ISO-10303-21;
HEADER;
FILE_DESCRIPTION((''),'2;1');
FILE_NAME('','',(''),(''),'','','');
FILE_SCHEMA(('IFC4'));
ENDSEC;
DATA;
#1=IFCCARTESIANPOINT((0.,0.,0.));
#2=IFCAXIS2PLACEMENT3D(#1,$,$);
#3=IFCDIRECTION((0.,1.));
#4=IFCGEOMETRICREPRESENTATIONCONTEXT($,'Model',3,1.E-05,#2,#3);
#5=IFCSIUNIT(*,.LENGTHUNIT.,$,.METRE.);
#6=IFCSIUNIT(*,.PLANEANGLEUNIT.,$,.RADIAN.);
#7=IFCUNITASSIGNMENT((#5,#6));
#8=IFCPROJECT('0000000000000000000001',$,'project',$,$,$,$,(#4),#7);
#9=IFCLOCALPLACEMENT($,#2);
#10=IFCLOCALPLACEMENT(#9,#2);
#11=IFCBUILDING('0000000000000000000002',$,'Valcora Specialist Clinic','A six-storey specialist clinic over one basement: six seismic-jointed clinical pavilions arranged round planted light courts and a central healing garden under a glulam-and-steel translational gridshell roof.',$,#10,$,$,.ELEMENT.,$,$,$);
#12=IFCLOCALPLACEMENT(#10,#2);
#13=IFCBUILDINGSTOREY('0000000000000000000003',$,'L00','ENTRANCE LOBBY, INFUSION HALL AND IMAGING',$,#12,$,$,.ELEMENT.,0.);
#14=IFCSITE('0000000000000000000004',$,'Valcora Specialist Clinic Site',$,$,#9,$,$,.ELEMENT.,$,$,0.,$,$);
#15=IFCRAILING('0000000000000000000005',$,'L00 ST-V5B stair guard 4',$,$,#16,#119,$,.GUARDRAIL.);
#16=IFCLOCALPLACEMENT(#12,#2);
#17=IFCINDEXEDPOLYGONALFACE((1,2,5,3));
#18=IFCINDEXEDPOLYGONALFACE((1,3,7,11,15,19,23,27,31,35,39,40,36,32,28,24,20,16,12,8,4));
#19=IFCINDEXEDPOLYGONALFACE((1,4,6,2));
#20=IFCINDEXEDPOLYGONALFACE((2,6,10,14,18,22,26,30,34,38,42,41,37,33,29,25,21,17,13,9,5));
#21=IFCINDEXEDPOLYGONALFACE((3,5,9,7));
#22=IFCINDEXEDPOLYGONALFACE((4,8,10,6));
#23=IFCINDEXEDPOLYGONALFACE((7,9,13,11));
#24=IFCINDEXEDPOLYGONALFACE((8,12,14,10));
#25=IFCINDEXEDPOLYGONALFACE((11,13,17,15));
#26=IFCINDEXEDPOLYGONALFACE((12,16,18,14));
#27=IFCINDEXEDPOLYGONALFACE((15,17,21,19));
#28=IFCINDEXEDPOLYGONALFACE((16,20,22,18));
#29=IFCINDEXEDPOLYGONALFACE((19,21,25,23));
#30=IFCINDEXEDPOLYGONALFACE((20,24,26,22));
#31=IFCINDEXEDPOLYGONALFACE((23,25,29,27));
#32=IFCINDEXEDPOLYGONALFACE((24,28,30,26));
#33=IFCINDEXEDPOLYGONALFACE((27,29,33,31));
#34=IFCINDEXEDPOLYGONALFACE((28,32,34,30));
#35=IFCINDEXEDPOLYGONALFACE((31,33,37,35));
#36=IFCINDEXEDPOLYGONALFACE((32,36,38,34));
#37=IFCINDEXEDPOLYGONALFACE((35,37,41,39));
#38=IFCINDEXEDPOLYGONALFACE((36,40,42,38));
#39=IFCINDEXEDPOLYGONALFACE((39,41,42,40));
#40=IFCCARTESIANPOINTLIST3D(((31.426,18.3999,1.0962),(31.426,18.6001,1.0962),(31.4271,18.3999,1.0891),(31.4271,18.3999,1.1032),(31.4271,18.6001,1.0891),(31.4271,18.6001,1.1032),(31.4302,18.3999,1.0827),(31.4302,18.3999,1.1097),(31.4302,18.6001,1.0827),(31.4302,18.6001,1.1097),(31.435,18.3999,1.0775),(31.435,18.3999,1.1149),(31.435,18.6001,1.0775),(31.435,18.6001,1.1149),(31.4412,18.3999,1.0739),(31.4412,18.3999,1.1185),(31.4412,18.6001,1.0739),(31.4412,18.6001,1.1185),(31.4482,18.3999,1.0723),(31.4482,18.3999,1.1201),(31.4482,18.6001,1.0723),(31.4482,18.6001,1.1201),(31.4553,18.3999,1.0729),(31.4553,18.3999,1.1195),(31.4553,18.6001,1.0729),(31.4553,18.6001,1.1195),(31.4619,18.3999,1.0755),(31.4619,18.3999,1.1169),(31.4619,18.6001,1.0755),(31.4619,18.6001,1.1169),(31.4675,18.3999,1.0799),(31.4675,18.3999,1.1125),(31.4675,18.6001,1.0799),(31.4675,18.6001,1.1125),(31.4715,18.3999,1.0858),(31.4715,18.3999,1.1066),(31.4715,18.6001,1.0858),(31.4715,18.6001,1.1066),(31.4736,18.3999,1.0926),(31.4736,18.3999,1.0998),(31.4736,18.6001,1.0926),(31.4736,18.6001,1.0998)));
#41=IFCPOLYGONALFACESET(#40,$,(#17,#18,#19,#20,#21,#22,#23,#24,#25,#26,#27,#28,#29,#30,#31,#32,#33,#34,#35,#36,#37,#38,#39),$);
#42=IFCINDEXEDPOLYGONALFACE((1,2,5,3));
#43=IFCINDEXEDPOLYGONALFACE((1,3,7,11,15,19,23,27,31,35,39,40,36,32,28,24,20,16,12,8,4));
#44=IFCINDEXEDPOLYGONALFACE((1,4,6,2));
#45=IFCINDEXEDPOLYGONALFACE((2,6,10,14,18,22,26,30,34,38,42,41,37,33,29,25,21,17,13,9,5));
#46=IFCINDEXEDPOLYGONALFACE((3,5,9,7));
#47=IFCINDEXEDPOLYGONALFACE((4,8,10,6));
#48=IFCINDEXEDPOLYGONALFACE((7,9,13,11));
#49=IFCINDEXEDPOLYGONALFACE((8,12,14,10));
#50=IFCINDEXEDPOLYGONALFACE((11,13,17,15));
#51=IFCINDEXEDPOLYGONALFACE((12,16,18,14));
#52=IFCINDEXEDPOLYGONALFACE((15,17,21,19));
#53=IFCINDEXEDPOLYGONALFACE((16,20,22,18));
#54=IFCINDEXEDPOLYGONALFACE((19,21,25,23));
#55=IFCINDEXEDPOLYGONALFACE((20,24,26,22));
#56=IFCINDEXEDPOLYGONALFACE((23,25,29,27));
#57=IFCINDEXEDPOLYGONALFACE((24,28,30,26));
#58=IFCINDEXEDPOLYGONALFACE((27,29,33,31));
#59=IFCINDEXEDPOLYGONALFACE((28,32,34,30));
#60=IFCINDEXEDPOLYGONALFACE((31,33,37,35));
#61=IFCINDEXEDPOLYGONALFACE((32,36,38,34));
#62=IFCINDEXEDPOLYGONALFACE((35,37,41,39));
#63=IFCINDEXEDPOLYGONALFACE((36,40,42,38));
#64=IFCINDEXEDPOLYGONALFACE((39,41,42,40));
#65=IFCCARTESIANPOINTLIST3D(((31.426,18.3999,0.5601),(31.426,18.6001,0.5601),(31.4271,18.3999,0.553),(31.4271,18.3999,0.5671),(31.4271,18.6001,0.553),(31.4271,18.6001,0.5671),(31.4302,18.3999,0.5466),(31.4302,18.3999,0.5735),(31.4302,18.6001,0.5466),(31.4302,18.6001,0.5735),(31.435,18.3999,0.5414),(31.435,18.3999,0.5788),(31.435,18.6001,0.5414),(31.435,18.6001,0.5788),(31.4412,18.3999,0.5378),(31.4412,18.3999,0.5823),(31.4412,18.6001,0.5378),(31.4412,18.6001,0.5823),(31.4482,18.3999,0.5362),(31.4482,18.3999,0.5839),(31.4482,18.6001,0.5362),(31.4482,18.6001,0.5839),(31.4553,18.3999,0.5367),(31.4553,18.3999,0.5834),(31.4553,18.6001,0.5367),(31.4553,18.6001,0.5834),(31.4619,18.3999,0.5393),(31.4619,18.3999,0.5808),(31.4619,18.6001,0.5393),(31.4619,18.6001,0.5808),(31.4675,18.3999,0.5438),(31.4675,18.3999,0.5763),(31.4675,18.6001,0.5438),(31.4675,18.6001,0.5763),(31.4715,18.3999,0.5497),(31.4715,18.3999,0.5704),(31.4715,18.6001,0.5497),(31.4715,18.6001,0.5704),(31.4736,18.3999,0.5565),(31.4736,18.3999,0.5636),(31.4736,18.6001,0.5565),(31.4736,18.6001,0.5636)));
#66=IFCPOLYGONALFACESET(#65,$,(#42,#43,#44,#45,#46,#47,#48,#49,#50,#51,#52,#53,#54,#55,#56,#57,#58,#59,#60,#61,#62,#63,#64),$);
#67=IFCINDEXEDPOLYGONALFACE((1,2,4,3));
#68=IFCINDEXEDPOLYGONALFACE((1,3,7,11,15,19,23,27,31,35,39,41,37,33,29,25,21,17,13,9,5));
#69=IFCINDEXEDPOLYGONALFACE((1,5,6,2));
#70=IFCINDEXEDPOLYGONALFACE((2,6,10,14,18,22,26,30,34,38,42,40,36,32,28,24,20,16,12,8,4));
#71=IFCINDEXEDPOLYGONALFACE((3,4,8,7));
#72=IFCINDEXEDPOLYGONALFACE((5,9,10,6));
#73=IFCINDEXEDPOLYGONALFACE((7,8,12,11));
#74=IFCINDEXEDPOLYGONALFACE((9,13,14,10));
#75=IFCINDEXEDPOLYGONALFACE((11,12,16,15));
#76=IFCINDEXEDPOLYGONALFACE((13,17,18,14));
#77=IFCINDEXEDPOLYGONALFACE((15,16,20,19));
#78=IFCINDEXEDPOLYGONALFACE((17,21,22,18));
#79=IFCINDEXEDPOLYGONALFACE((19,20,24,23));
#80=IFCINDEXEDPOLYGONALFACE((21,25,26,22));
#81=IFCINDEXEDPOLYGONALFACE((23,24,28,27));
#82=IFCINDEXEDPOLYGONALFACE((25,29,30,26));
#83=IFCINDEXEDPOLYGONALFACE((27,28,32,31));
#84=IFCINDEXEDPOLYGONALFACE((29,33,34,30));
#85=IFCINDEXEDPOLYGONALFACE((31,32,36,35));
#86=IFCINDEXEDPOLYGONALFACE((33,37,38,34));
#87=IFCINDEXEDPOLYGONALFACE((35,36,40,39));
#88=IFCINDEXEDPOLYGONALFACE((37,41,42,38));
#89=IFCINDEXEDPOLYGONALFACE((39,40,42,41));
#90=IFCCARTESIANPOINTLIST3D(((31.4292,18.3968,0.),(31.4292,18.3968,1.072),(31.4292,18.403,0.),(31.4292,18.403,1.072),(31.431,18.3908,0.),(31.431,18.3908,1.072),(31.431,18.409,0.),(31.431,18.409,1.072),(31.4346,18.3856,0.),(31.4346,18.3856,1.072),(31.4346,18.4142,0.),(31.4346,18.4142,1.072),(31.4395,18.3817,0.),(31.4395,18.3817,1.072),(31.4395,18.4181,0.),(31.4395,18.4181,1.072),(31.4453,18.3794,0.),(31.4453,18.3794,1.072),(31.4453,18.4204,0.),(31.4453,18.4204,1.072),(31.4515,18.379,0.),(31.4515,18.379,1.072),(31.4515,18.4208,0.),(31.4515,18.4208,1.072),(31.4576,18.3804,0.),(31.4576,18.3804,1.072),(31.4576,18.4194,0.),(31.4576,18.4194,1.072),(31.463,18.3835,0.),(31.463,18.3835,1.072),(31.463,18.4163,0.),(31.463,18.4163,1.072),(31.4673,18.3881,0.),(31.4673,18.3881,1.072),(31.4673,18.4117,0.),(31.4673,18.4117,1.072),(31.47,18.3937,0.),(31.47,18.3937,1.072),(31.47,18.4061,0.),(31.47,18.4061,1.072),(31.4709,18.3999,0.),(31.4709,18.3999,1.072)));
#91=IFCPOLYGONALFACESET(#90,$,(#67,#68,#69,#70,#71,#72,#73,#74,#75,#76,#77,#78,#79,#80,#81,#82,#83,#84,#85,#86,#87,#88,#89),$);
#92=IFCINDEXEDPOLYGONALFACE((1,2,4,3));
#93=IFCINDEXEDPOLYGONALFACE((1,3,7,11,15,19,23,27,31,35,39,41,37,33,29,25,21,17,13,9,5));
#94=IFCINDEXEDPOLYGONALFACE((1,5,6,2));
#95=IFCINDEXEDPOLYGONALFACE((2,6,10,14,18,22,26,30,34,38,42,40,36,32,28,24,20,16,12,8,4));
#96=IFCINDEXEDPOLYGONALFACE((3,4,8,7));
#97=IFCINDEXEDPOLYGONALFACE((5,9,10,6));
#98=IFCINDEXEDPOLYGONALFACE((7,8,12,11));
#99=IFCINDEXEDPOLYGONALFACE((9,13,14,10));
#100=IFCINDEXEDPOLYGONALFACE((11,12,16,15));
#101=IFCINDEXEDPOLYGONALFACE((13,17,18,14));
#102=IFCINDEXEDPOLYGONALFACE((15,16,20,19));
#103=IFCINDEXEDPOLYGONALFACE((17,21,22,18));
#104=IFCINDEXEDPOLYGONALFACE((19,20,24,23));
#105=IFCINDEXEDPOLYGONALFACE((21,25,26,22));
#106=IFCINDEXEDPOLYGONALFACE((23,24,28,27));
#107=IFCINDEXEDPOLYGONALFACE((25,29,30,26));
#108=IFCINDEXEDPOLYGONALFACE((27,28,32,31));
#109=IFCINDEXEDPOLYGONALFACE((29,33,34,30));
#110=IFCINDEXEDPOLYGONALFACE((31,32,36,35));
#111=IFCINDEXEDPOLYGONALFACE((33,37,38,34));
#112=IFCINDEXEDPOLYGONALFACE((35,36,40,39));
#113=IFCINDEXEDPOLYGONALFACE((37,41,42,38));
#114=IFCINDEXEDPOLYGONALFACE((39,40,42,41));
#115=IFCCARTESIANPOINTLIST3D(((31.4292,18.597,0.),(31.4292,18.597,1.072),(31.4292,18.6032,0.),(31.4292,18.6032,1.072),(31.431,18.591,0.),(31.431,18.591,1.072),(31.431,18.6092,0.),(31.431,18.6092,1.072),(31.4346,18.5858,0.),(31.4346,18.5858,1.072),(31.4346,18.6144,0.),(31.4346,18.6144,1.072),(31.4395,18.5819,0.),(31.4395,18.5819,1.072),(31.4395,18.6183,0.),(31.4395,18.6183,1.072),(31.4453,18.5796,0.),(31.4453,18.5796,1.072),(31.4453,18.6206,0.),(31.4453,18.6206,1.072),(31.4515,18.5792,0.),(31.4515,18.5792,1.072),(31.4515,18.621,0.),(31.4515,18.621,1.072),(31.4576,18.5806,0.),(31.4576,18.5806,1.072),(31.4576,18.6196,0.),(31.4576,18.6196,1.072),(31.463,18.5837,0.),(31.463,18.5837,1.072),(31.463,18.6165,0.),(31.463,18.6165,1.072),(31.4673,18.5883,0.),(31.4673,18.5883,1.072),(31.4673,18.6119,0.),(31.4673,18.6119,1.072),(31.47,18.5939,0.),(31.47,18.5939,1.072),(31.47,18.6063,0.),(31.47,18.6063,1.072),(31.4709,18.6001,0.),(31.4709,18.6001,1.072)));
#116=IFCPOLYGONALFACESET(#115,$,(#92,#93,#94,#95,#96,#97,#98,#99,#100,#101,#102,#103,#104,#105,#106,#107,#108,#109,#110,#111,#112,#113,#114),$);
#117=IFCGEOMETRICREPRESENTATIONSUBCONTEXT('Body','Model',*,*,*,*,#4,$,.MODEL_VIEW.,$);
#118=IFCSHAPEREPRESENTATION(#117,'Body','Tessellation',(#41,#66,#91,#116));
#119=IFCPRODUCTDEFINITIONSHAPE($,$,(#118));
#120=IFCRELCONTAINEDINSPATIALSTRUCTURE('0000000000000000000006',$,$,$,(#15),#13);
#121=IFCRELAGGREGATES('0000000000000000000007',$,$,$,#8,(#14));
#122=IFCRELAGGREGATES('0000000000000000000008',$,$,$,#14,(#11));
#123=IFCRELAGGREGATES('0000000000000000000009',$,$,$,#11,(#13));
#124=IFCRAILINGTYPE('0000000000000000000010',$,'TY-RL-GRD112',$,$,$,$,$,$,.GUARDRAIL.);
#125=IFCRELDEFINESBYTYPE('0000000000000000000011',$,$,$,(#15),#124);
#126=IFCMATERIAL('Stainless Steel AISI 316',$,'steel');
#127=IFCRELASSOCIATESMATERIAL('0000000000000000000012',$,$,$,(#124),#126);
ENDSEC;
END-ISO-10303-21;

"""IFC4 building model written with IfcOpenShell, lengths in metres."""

from ifc_helpers import new_model, si_unit, direction, frame, origin, origin_2d, place, context, subcontext, project, spatial, circle, extrude, material, type_object, element, save


model = new_model("IFC4")

# Units and contexts
model_context = context("Model", 3, precision=1e-05, world=origin(), true_north=direction((0.0, 1.0)))
body_context = subcontext(model_context, "Body", "Model", "MODEL_VIEW")
ifc_project = project(units=[si_unit("LENGTHUNIT", "METRE"), si_unit("PLANEANGLEUNIT", "RADIAN")], contexts=[model_context])

# Site, building, storey
site_placement = place(None, origin())
site = spatial("IfcSite", under=ifc_project, at=site_placement, Name="Valcora Specialist Clinic Site", CompositionType="ELEMENT", RefElevation=0.0)
building_placement = place(site_placement, origin())
building = spatial("IfcBuilding", under=site, at=building_placement, Name="Valcora Specialist Clinic", Description="A six-storey specialist clinic over one basement: six seismic-jointed clinical pavilions arranged round planted light courts and a central healing garden under a glulam-and-steel translational gridshell roof.", CompositionType="ELEMENT")
storey_placement = place(building_placement, origin())
storey = spatial("IfcBuildingStorey", under=building, at=storey_placement, Name="L00", Description="ENTRANCE LOBBY, INFUSION HALL AND IMAGING", CompositionType="ELEMENT", Elevation=0.0)

# Shared definitions
ifc_material_1 = material(Name="Stainless Steel AISI 316", Category="steel")

# Railing
railing_type_1 = type_object("IfcRailingType", Name="TY-RL-GRD112", PredefinedType="GUARDRAIL", material=ifc_material_1)
railing_1_placement = place(storey_placement, frame((31.45, 18.3999, 0.0)))
element("IfcRailing", 1, at=railing_1_placement, inside=storey, type_object=railing_type_1, Name="L00 ST-V5B stair guard 4", PredefinedType="GUARDRAIL", context=body_context, shape_type="SweptSolid", body=[
    extrude(circle(Radius=0.0239, at=origin_2d()), frame((0.0, 0.0, 1.0962), z_axis=(0.0, 1.0, 0.0), x_axis=(-1.0, 0.0, 0.0)), (0.0, 0.0, 1.0), 0.2002),
    extrude(circle(Radius=0.0239, at=origin_2d()), frame((0.0, 0.0, 0.5601), z_axis=(0.0, 1.0, 0.0), x_axis=(-1.0, 0.0, 0.0)), (0.0, 0.0, 1.0), 0.2002),
    extrude(circle(Radius=0.021, at=origin_2d()), origin(), (0.0, 0.0, 1.0), 1.072),
    extrude(circle(Radius=0.021, at=origin_2d()), frame((0.0, 0.2002, 0.0)), (0.0, 0.0, 1.0), 1.072),
])

save(model, "model.ifc")
